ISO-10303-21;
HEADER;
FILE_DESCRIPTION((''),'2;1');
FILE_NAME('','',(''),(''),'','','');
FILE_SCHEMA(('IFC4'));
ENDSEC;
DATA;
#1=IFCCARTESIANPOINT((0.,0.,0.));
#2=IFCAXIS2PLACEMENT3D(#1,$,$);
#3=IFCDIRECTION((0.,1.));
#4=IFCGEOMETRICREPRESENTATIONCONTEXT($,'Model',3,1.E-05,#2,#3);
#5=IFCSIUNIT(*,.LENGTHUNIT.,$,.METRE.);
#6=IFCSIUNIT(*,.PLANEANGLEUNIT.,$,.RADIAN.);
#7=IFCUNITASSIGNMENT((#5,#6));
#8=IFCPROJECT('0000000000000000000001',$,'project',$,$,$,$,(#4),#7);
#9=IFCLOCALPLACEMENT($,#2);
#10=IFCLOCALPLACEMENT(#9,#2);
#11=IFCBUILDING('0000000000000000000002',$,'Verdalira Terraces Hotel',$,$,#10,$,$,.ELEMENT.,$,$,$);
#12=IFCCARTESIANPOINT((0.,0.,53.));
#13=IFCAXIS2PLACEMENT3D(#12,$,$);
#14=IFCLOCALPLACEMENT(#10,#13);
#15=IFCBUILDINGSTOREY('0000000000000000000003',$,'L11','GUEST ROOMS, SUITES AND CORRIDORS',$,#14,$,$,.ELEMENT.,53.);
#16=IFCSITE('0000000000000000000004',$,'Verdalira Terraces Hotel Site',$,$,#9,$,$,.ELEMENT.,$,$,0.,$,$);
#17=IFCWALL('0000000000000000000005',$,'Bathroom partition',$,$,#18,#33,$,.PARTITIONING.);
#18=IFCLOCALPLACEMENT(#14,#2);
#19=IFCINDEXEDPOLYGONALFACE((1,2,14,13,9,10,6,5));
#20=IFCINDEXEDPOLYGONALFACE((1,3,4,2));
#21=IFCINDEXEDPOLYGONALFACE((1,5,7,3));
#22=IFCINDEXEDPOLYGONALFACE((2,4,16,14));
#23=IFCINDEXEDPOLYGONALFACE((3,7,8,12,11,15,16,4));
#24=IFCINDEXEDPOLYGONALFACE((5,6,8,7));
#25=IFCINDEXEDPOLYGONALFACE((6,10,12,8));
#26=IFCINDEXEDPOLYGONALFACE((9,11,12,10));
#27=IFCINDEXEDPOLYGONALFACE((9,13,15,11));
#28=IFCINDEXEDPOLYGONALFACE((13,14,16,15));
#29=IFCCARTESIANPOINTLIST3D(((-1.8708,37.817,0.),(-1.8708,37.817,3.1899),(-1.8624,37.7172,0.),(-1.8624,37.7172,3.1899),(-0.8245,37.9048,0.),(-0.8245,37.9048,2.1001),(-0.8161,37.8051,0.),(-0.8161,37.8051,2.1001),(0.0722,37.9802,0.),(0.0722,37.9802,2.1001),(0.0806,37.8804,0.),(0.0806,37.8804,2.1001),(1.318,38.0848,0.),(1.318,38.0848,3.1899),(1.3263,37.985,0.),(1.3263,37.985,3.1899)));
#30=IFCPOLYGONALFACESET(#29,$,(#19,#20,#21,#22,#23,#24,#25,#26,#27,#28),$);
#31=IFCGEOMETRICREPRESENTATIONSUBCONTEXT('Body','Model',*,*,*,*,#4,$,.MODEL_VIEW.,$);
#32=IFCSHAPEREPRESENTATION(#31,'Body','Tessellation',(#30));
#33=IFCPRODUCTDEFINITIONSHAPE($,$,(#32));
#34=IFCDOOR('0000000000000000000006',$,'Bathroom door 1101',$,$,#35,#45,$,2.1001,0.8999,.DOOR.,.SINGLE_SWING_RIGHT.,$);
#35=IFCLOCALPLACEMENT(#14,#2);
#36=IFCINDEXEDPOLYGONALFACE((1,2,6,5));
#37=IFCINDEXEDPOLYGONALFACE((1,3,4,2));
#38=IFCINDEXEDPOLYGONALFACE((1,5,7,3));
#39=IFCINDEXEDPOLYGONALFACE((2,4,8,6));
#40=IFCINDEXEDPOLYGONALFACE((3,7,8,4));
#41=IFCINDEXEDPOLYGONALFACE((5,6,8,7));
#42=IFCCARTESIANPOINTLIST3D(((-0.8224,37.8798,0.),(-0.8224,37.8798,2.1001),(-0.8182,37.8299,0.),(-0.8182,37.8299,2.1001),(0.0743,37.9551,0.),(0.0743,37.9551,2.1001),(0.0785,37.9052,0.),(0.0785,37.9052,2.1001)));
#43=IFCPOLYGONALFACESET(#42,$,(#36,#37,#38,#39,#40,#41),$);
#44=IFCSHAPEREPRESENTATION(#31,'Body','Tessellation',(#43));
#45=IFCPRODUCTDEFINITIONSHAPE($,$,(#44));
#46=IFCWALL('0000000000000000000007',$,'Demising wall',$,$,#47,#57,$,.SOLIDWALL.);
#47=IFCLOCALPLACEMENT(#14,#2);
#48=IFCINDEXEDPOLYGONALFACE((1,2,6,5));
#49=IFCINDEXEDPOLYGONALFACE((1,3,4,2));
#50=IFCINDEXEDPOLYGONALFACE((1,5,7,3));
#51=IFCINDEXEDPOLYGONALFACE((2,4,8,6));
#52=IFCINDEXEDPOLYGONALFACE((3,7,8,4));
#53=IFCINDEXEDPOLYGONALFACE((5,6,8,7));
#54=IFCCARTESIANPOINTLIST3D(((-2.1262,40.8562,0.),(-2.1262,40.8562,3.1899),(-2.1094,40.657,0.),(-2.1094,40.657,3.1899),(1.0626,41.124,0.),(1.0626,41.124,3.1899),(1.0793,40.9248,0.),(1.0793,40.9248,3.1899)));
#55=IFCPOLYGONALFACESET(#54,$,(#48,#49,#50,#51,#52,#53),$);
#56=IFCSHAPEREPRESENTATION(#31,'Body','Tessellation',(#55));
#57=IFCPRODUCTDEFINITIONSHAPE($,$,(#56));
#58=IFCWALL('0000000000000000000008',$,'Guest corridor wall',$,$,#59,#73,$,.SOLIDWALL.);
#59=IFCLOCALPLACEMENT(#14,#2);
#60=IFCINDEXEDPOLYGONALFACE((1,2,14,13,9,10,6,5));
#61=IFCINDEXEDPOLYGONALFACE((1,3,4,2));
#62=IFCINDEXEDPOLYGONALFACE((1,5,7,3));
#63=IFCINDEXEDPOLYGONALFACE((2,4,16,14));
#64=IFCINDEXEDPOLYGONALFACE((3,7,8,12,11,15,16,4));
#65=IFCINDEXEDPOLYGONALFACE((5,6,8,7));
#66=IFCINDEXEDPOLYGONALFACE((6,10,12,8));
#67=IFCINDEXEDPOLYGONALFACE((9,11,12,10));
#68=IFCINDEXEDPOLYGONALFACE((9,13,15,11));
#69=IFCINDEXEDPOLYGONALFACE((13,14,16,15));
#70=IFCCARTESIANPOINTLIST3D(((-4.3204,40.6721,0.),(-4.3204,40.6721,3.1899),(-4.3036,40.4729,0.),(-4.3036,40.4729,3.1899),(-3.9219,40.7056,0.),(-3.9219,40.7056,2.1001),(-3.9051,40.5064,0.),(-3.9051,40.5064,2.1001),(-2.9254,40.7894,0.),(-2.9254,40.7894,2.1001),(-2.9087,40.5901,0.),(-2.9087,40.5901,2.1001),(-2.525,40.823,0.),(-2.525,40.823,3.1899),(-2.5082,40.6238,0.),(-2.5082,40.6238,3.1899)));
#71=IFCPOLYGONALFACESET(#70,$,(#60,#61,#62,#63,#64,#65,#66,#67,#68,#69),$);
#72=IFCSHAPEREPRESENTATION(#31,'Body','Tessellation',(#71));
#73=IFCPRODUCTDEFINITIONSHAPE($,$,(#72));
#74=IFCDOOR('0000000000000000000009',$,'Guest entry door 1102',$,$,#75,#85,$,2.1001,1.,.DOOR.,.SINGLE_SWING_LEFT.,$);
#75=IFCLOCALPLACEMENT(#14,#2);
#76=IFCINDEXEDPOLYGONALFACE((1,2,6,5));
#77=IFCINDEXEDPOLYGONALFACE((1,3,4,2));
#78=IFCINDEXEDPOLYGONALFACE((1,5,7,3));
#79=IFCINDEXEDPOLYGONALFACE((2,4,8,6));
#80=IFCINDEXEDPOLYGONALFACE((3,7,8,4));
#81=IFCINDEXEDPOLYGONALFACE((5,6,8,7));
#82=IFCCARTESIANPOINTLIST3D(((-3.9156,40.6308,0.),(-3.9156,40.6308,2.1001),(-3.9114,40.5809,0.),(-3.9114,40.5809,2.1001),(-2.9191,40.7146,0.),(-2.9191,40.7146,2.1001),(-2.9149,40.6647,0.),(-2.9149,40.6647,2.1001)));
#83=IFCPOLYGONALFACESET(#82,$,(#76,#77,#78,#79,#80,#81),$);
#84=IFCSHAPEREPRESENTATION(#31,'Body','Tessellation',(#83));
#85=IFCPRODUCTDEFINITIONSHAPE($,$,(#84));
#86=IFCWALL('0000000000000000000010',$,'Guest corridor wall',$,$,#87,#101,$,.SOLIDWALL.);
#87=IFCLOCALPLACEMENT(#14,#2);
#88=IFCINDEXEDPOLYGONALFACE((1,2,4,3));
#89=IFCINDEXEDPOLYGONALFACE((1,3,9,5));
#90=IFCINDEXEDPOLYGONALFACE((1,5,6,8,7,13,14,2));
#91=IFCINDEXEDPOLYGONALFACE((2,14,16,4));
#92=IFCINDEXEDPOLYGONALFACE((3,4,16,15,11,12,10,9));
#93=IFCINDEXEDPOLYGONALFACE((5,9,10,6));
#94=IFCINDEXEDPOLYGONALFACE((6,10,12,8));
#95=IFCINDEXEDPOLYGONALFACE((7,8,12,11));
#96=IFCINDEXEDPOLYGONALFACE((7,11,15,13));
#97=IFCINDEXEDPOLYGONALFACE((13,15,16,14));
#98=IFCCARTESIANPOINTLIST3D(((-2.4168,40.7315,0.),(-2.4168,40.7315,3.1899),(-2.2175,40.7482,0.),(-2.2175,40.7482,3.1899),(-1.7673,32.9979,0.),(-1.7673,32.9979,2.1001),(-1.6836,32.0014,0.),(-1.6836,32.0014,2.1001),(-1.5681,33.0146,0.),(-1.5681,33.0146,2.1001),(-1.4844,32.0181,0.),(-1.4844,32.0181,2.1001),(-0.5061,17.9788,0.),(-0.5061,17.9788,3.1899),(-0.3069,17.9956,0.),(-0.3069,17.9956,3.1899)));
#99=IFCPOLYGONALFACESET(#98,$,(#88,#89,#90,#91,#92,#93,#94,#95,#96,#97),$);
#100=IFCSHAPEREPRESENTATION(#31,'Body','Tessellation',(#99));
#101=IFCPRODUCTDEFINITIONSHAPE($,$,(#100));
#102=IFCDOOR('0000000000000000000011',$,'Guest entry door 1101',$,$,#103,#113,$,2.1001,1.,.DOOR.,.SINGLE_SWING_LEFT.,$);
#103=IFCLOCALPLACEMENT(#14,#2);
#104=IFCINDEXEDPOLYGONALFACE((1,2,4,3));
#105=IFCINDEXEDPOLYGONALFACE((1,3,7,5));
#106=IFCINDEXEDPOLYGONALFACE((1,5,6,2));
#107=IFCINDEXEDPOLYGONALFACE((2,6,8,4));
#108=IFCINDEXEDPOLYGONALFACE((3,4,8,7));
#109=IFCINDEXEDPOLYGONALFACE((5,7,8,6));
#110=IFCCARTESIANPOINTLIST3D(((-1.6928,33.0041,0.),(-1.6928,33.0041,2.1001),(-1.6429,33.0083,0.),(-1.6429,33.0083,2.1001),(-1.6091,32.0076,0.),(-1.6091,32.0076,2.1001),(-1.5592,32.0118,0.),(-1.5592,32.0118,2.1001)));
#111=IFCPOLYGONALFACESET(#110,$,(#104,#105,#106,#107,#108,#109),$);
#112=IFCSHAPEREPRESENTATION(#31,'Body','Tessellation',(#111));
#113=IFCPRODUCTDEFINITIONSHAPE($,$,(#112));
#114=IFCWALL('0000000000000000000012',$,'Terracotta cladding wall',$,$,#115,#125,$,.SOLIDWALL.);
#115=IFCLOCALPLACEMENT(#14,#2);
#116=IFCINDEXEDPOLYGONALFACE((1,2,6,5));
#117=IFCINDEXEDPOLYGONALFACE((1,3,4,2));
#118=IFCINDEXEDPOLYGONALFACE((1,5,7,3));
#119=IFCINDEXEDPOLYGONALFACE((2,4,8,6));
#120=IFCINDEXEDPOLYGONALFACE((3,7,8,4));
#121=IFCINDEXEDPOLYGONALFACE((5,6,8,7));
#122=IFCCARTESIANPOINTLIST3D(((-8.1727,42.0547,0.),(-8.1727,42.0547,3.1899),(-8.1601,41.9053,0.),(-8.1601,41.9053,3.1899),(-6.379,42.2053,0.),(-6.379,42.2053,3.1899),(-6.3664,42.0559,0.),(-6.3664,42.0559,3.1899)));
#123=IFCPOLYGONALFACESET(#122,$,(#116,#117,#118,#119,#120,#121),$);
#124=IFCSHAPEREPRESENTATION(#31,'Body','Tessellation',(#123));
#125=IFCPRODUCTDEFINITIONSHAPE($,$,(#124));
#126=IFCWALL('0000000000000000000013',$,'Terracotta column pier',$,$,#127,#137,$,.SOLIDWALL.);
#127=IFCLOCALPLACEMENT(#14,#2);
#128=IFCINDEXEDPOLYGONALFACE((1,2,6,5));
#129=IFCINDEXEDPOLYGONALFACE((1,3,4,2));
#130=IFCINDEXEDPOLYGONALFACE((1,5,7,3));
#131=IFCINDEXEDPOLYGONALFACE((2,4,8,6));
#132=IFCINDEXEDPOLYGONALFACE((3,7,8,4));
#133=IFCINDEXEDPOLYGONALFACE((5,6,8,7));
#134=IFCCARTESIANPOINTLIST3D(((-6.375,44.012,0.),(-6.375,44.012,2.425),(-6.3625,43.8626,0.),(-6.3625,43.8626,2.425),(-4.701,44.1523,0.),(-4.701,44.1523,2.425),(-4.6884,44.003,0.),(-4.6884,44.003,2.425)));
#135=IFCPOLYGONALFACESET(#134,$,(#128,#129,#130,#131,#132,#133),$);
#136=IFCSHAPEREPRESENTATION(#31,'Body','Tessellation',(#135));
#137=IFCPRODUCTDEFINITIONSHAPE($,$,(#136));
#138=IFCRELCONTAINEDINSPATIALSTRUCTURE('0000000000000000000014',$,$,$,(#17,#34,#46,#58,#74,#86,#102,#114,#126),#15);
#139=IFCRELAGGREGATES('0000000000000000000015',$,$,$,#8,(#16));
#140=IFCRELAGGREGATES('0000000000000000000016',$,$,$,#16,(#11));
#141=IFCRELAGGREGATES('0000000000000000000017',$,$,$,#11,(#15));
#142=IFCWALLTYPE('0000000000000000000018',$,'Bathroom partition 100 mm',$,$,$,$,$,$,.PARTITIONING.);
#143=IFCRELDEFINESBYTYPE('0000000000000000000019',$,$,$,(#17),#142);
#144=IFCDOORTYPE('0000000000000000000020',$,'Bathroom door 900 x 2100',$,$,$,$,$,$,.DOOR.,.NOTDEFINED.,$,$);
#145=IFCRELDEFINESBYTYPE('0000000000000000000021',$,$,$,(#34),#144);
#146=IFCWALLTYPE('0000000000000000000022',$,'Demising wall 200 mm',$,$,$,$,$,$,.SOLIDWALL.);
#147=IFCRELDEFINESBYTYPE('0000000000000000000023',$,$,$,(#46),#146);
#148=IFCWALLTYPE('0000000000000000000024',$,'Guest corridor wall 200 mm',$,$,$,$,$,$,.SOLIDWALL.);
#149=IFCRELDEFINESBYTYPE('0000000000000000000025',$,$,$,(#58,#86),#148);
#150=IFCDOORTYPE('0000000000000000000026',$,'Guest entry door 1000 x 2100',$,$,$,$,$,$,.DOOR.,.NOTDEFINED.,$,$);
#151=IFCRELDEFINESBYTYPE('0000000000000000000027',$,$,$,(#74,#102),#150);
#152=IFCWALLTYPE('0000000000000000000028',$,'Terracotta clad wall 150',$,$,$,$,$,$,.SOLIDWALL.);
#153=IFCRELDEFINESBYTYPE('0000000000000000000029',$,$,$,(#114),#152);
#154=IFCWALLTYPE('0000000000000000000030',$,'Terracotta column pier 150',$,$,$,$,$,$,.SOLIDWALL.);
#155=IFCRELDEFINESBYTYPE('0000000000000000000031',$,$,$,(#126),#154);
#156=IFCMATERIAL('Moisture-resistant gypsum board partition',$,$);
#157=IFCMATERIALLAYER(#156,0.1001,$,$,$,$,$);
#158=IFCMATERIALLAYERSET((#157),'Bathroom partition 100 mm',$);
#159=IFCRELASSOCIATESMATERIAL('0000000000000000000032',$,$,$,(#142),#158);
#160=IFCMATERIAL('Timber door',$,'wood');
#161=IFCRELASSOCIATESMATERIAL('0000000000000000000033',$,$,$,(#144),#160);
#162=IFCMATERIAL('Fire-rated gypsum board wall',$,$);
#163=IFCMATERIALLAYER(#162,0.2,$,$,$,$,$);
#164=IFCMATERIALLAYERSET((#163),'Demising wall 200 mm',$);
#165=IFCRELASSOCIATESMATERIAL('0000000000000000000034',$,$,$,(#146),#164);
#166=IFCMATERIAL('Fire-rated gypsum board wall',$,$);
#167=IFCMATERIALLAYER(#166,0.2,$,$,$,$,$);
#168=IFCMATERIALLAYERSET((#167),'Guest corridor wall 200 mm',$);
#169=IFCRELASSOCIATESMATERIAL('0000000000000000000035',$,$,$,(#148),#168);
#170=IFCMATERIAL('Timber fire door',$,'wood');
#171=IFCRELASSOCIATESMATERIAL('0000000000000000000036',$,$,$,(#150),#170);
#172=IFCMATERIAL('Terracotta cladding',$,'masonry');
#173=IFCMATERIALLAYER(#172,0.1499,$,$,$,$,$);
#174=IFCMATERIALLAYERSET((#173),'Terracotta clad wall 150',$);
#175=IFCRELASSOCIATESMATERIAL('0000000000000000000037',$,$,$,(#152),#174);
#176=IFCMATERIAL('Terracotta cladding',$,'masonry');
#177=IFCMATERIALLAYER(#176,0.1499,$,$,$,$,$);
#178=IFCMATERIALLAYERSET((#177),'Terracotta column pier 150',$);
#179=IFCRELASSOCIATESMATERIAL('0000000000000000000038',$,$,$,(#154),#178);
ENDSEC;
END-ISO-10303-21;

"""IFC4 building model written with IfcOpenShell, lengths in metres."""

from ifc_helpers import new_model, si_unit, direction, frame, frame_2d, origin, place, context, subcontext, project, spatial, rectangle, extrude, material, layer, layer_set, type_object, element, fill, save


model = new_model("IFC4")

# Units and contexts
model_context = context("Model", 3, precision=1e-05, world=origin(), true_north=direction((0.0, 1.0)))
body_context = subcontext(model_context, "Body", "Model", "MODEL_VIEW")
ifc_project = project(units=[si_unit("LENGTHUNIT", "METRE"), si_unit("PLANEANGLEUNIT", "RADIAN")], contexts=[model_context])

# Site, building, storey
site_placement = place(None, origin())
site = spatial("IfcSite", under=ifc_project, at=site_placement, Name="Verdalira Terraces Hotel Site", CompositionType="ELEMENT", RefElevation=0.0)
building_placement = place(site_placement, origin())
building = spatial("IfcBuilding", under=site, at=building_placement, Name="Verdalira Terraces Hotel", CompositionType="ELEMENT")
storey_placement = place(building_placement, frame((0.0, 0.0, 53.0)))
storey = spatial("IfcBuildingStorey", under=building, at=storey_placement, Name="L11", Description="GUEST ROOMS, SUITES AND CORRIDORS", CompositionType="ELEMENT", Elevation=53.0)

# Wall, opening, door
ifc_material_1 = material(Name="Moisture-resistant gypsum board partition")
ifc_layer_1 = layer(ifc_material_1, 0.1001)
ifc_layer_set_1 = layer_set([ifc_layer_1], Name="Bathroom partition 100 mm")
wall_type_1 = type_object("IfcWallType", Name="Bathroom partition 100 mm", PredefinedType="PARTITIONING", material=ifc_layer_set_1)
ifc_material_2 = material(Name="Timber door", Category="wood")
door_type_1 = type_object("IfcDoorType", Name="Bathroom door 900 x 2100", OperationType="NOTDEFINED", PredefinedType="DOOR", material=ifc_material_2)
wall_1_placement = place(storey_placement, frame((-1.8667, 37.7671, 0.0), z_axis=(0.0, 0.0, 1.0), x_axis=(0.996491, 0.083696, 0.0)))
wall_1 = element("IfcWall", 1, at=wall_1_placement, inside=storey, type_object=wall_type_1, Name="Bathroom partition", PredefinedType="PARTITIONING", context=body_context, shape_type="SweptSolid", body=[
    extrude(rectangle(XDim=3.2, YDim=0.1001, at=frame_2d((1.6001, 0.0))), origin(), (0.0, 0.0, 1.0), 3.1899),
])
opening_1_placement = place(wall_1_placement, frame((1.05, 0.0, 0.0)))
opening_1 = element("IfcOpeningElement", 2, at=opening_1_placement, cuts=wall_1, PredefinedType="OPENING", context=body_context, shape_type="SweptSolid", body=[
    extrude(rectangle(XDim=0.8999, YDim=2.1001, at=frame_2d((0.45, 1.05))), frame((0.0, 0.0601, 0.0), z_axis=(0.0, -1.0, 0.0), x_axis=(1.0, 0.0, 0.0)), (0.0, 0.0, 1.0), 0.1201),
])
door_1_placement = place(opening_1_placement, origin())
door_1 = element("IfcDoor", 3, at=door_1_placement, inside=storey, type_object=door_type_1, Name="Bathroom door 1101", OperationType="SINGLE_SWING_RIGHT", OverallHeight=2.1001, OverallWidth=0.8999, PredefinedType="DOOR", context=body_context, shape_type="SweptSolid", body=[
    extrude(rectangle(XDim=0.8999, YDim=2.1001, at=frame_2d((0.45, 1.05))), frame((0.0, 0.0249, 0.0), z_axis=(0.0, -1.0, 0.0), x_axis=(1.0, 0.0, 0.0)), (0.0, 0.0, 1.0), 0.05),
])
fill(opening_1, door_1)

# Wall
ifc_material_3 = material(Name="Fire-rated gypsum board wall")
ifc_layer_2 = layer(ifc_material_3, 0.2)
ifc_layer_set_2 = layer_set([ifc_layer_2], Name="Demising wall 200 mm")
wall_type_2 = type_object("IfcWallType", Name="Demising wall 200 mm", PredefinedType="SOLIDWALL", material=ifc_layer_set_2)
wall_2_placement = place(storey_placement, frame((-2.1179, 40.7566, 0.0), z_axis=(0.0, 0.0, 1.0), x_axis=(0.996491, 0.083696, 0.0)))
element("IfcWall", 4, at=wall_2_placement, inside=storey, type_object=wall_type_2, Name="Demising wall", PredefinedType="SOLIDWALL", context=body_context, shape_type="SweptSolid", body=[
    extrude(rectangle(XDim=3.2, YDim=0.2, at=frame_2d((1.6001, 0.0))), origin(), (0.0, 0.0, 1.0), 3.1899),
])

# Walls, openings, doors
ifc_material_4 = material(Name="Fire-rated gypsum board wall")
ifc_layer_3 = layer(ifc_material_4, 0.2)
ifc_layer_set_3 = layer_set([ifc_layer_3], Name="Guest corridor wall 200 mm")
wall_type_3 = type_object("IfcWallType", Name="Guest corridor wall 200 mm", PredefinedType="SOLIDWALL", material=ifc_layer_set_3)
wall_3_placement = place(storey_placement, frame((-4.312, 40.5725, 0.0), z_axis=(0.0, 0.0, 1.0), x_axis=(0.996488, 0.083741, 0.0)))
wall_3 = element("IfcWall", 5, at=wall_3_placement, inside=storey, type_object=wall_type_3, Name="Guest corridor wall", PredefinedType="SOLIDWALL", context=body_context, shape_type="SweptSolid", body=[
    extrude(rectangle(XDim=1.8018, YDim=0.2, at=frame_2d((0.9009, 0.0))), origin(), (0.0, 0.0, 1.0), 3.1899),
])
opening_2_placement = place(wall_3_placement, frame((0.3999, 0.0, 0.0)))
opening_2 = element("IfcOpeningElement", 6, at=opening_2_placement, cuts=wall_3, PredefinedType="OPENING", context=body_context, shape_type="SweptSolid", body=[
    extrude(rectangle(XDim=1.0, YDim=2.1001, at=frame_2d((0.5, 1.05))), frame((0.0, 0.1099, 0.0), z_axis=(0.0, -1.0, 0.0), x_axis=(1.0, 0.0, 0.0)), (0.0, 0.0, 1.0), 0.22),
])
ifc_material_5 = material(Name="Timber fire door", Category="wood")
door_type_2 = type_object("IfcDoorType", Name="Guest entry door 1000 x 2100", OperationType="NOTDEFINED", PredefinedType="DOOR", material=ifc_material_5)
door_2_placement = place(opening_2_placement, origin())
door_2 = element("IfcDoor", 7, at=door_2_placement, inside=storey, type_object=door_type_2, Name="Guest entry door 1102", OperationType="SINGLE_SWING_LEFT", OverallHeight=2.1001, OverallWidth=1.0, PredefinedType="DOOR", context=body_context, shape_type="SweptSolid", body=[
    extrude(rectangle(XDim=1.0, YDim=2.1001, at=frame_2d((0.5, 1.05))), frame((0.0, 0.0249, 0.0), z_axis=(0.0, -1.0, 0.0), x_axis=(1.0, 0.0, 0.0)), (0.0, 0.0, 1.0), 0.05),
])
fill(opening_2, door_2)
wall_4_placement = place(storey_placement, frame((-2.3171, 40.74, 0.0), z_axis=(0.0, 0.0, 1.0), x_axis=(0.08368, -0.996493, 0.0)))
wall_4 = element("IfcWall", 8, at=wall_4_placement, inside=storey, type_object=wall_type_3, Name="Guest corridor wall", PredefinedType="SOLIDWALL", context=body_context, shape_type="SweptSolid", body=[
    extrude(rectangle(XDim=22.8328, YDim=0.2, at=frame_2d((11.4165, 0.0))), origin(), (0.0, 0.0, 1.0), 3.1899),
])
opening_3_placement = place(wall_4_placement, frame((7.761, 0.0, 0.0)))
opening_3 = element("IfcOpeningElement", 9, at=opening_3_placement, cuts=wall_4, PredefinedType="OPENING", context=body_context, shape_type="SweptSolid", body=[
    extrude(rectangle(XDim=1.0, YDim=2.1001, at=frame_2d((0.5, 1.05))), frame((0.0, 0.1099, 0.0), z_axis=(0.0, -1.0, 0.0), x_axis=(1.0, 0.0, 0.0)), (0.0, 0.0, 1.0), 0.22),
])
door_3_placement = place(opening_3_placement, origin())
door_3 = element("IfcDoor", 10, at=door_3_placement, inside=storey, type_object=door_type_2, Name="Guest entry door 1101", OperationType="SINGLE_SWING_LEFT", OverallHeight=2.1001, OverallWidth=1.0, PredefinedType="DOOR", context=body_context, shape_type="SweptSolid", body=[
    extrude(rectangle(XDim=1.0, YDim=2.1001, at=frame_2d((0.5, 1.05))), frame((0.0, 0.0249, 0.0), z_axis=(0.0, -1.0, 0.0), x_axis=(1.0, 0.0, 0.0)), (0.0, 0.0, 1.0), 0.05),
])
fill(opening_3, door_3)

# Walls
ifc_material_6 = material(Name="Terracotta cladding", Category="masonry")
ifc_layer_4 = layer(ifc_material_6, 0.1499)
ifc_layer_set_4 = layer_set([ifc_layer_4], Name="Terracotta clad wall 150")
wall_type_4 = type_object("IfcWallType", Name="Terracotta clad wall 150", PredefinedType="SOLIDWALL", material=ifc_layer_set_4)
wall_5_placement = place(storey_placement, frame((-6.3728, 42.1306, 0.0), z_axis=(0.0, 0.0, 1.0), x_axis=(-0.996492, -0.083685, 0.0)))
element("IfcWall", 11, at=wall_5_placement, inside=storey, type_object=wall_type_4, Name="Terracotta cladding wall", PredefinedType="SOLIDWALL", context=body_context, shape_type="SweptSolid", body=[
    extrude(rectangle(XDim=1.8, YDim=0.1499, at=frame_2d((0.8999, 0.0))), origin(), (0.0, 0.0, 1.0), 3.1899),
])
ifc_material_7 = material(Name="Terracotta cladding", Category="masonry")
ifc_layer_5 = layer(ifc_material_7, 0.1499)
ifc_layer_set_5 = layer_set([ifc_layer_5], Name="Terracotta column pier 150")
wall_type_5 = type_object("IfcWallType", Name="Terracotta column pier 150", PredefinedType="SOLIDWALL", material=ifc_layer_set_5)
wall_6_placement = place(storey_placement, frame((-4.6948, 44.0776, 0.0), z_axis=(0.0, 0.0, 1.0), x_axis=(-0.996503, -0.083563, 0.0)))
element("IfcWall", 12, at=wall_6_placement, inside=storey, type_object=wall_type_5, Name="Terracotta column pier", PredefinedType="SOLIDWALL", context=body_context, shape_type="SweptSolid", body=[
    extrude(rectangle(XDim=1.6799, YDim=0.1499, at=frame_2d((0.8398, 0.0))), origin(), (0.0, 0.0, 1.0), 2.425),
])

save(model, "model.ifc")
